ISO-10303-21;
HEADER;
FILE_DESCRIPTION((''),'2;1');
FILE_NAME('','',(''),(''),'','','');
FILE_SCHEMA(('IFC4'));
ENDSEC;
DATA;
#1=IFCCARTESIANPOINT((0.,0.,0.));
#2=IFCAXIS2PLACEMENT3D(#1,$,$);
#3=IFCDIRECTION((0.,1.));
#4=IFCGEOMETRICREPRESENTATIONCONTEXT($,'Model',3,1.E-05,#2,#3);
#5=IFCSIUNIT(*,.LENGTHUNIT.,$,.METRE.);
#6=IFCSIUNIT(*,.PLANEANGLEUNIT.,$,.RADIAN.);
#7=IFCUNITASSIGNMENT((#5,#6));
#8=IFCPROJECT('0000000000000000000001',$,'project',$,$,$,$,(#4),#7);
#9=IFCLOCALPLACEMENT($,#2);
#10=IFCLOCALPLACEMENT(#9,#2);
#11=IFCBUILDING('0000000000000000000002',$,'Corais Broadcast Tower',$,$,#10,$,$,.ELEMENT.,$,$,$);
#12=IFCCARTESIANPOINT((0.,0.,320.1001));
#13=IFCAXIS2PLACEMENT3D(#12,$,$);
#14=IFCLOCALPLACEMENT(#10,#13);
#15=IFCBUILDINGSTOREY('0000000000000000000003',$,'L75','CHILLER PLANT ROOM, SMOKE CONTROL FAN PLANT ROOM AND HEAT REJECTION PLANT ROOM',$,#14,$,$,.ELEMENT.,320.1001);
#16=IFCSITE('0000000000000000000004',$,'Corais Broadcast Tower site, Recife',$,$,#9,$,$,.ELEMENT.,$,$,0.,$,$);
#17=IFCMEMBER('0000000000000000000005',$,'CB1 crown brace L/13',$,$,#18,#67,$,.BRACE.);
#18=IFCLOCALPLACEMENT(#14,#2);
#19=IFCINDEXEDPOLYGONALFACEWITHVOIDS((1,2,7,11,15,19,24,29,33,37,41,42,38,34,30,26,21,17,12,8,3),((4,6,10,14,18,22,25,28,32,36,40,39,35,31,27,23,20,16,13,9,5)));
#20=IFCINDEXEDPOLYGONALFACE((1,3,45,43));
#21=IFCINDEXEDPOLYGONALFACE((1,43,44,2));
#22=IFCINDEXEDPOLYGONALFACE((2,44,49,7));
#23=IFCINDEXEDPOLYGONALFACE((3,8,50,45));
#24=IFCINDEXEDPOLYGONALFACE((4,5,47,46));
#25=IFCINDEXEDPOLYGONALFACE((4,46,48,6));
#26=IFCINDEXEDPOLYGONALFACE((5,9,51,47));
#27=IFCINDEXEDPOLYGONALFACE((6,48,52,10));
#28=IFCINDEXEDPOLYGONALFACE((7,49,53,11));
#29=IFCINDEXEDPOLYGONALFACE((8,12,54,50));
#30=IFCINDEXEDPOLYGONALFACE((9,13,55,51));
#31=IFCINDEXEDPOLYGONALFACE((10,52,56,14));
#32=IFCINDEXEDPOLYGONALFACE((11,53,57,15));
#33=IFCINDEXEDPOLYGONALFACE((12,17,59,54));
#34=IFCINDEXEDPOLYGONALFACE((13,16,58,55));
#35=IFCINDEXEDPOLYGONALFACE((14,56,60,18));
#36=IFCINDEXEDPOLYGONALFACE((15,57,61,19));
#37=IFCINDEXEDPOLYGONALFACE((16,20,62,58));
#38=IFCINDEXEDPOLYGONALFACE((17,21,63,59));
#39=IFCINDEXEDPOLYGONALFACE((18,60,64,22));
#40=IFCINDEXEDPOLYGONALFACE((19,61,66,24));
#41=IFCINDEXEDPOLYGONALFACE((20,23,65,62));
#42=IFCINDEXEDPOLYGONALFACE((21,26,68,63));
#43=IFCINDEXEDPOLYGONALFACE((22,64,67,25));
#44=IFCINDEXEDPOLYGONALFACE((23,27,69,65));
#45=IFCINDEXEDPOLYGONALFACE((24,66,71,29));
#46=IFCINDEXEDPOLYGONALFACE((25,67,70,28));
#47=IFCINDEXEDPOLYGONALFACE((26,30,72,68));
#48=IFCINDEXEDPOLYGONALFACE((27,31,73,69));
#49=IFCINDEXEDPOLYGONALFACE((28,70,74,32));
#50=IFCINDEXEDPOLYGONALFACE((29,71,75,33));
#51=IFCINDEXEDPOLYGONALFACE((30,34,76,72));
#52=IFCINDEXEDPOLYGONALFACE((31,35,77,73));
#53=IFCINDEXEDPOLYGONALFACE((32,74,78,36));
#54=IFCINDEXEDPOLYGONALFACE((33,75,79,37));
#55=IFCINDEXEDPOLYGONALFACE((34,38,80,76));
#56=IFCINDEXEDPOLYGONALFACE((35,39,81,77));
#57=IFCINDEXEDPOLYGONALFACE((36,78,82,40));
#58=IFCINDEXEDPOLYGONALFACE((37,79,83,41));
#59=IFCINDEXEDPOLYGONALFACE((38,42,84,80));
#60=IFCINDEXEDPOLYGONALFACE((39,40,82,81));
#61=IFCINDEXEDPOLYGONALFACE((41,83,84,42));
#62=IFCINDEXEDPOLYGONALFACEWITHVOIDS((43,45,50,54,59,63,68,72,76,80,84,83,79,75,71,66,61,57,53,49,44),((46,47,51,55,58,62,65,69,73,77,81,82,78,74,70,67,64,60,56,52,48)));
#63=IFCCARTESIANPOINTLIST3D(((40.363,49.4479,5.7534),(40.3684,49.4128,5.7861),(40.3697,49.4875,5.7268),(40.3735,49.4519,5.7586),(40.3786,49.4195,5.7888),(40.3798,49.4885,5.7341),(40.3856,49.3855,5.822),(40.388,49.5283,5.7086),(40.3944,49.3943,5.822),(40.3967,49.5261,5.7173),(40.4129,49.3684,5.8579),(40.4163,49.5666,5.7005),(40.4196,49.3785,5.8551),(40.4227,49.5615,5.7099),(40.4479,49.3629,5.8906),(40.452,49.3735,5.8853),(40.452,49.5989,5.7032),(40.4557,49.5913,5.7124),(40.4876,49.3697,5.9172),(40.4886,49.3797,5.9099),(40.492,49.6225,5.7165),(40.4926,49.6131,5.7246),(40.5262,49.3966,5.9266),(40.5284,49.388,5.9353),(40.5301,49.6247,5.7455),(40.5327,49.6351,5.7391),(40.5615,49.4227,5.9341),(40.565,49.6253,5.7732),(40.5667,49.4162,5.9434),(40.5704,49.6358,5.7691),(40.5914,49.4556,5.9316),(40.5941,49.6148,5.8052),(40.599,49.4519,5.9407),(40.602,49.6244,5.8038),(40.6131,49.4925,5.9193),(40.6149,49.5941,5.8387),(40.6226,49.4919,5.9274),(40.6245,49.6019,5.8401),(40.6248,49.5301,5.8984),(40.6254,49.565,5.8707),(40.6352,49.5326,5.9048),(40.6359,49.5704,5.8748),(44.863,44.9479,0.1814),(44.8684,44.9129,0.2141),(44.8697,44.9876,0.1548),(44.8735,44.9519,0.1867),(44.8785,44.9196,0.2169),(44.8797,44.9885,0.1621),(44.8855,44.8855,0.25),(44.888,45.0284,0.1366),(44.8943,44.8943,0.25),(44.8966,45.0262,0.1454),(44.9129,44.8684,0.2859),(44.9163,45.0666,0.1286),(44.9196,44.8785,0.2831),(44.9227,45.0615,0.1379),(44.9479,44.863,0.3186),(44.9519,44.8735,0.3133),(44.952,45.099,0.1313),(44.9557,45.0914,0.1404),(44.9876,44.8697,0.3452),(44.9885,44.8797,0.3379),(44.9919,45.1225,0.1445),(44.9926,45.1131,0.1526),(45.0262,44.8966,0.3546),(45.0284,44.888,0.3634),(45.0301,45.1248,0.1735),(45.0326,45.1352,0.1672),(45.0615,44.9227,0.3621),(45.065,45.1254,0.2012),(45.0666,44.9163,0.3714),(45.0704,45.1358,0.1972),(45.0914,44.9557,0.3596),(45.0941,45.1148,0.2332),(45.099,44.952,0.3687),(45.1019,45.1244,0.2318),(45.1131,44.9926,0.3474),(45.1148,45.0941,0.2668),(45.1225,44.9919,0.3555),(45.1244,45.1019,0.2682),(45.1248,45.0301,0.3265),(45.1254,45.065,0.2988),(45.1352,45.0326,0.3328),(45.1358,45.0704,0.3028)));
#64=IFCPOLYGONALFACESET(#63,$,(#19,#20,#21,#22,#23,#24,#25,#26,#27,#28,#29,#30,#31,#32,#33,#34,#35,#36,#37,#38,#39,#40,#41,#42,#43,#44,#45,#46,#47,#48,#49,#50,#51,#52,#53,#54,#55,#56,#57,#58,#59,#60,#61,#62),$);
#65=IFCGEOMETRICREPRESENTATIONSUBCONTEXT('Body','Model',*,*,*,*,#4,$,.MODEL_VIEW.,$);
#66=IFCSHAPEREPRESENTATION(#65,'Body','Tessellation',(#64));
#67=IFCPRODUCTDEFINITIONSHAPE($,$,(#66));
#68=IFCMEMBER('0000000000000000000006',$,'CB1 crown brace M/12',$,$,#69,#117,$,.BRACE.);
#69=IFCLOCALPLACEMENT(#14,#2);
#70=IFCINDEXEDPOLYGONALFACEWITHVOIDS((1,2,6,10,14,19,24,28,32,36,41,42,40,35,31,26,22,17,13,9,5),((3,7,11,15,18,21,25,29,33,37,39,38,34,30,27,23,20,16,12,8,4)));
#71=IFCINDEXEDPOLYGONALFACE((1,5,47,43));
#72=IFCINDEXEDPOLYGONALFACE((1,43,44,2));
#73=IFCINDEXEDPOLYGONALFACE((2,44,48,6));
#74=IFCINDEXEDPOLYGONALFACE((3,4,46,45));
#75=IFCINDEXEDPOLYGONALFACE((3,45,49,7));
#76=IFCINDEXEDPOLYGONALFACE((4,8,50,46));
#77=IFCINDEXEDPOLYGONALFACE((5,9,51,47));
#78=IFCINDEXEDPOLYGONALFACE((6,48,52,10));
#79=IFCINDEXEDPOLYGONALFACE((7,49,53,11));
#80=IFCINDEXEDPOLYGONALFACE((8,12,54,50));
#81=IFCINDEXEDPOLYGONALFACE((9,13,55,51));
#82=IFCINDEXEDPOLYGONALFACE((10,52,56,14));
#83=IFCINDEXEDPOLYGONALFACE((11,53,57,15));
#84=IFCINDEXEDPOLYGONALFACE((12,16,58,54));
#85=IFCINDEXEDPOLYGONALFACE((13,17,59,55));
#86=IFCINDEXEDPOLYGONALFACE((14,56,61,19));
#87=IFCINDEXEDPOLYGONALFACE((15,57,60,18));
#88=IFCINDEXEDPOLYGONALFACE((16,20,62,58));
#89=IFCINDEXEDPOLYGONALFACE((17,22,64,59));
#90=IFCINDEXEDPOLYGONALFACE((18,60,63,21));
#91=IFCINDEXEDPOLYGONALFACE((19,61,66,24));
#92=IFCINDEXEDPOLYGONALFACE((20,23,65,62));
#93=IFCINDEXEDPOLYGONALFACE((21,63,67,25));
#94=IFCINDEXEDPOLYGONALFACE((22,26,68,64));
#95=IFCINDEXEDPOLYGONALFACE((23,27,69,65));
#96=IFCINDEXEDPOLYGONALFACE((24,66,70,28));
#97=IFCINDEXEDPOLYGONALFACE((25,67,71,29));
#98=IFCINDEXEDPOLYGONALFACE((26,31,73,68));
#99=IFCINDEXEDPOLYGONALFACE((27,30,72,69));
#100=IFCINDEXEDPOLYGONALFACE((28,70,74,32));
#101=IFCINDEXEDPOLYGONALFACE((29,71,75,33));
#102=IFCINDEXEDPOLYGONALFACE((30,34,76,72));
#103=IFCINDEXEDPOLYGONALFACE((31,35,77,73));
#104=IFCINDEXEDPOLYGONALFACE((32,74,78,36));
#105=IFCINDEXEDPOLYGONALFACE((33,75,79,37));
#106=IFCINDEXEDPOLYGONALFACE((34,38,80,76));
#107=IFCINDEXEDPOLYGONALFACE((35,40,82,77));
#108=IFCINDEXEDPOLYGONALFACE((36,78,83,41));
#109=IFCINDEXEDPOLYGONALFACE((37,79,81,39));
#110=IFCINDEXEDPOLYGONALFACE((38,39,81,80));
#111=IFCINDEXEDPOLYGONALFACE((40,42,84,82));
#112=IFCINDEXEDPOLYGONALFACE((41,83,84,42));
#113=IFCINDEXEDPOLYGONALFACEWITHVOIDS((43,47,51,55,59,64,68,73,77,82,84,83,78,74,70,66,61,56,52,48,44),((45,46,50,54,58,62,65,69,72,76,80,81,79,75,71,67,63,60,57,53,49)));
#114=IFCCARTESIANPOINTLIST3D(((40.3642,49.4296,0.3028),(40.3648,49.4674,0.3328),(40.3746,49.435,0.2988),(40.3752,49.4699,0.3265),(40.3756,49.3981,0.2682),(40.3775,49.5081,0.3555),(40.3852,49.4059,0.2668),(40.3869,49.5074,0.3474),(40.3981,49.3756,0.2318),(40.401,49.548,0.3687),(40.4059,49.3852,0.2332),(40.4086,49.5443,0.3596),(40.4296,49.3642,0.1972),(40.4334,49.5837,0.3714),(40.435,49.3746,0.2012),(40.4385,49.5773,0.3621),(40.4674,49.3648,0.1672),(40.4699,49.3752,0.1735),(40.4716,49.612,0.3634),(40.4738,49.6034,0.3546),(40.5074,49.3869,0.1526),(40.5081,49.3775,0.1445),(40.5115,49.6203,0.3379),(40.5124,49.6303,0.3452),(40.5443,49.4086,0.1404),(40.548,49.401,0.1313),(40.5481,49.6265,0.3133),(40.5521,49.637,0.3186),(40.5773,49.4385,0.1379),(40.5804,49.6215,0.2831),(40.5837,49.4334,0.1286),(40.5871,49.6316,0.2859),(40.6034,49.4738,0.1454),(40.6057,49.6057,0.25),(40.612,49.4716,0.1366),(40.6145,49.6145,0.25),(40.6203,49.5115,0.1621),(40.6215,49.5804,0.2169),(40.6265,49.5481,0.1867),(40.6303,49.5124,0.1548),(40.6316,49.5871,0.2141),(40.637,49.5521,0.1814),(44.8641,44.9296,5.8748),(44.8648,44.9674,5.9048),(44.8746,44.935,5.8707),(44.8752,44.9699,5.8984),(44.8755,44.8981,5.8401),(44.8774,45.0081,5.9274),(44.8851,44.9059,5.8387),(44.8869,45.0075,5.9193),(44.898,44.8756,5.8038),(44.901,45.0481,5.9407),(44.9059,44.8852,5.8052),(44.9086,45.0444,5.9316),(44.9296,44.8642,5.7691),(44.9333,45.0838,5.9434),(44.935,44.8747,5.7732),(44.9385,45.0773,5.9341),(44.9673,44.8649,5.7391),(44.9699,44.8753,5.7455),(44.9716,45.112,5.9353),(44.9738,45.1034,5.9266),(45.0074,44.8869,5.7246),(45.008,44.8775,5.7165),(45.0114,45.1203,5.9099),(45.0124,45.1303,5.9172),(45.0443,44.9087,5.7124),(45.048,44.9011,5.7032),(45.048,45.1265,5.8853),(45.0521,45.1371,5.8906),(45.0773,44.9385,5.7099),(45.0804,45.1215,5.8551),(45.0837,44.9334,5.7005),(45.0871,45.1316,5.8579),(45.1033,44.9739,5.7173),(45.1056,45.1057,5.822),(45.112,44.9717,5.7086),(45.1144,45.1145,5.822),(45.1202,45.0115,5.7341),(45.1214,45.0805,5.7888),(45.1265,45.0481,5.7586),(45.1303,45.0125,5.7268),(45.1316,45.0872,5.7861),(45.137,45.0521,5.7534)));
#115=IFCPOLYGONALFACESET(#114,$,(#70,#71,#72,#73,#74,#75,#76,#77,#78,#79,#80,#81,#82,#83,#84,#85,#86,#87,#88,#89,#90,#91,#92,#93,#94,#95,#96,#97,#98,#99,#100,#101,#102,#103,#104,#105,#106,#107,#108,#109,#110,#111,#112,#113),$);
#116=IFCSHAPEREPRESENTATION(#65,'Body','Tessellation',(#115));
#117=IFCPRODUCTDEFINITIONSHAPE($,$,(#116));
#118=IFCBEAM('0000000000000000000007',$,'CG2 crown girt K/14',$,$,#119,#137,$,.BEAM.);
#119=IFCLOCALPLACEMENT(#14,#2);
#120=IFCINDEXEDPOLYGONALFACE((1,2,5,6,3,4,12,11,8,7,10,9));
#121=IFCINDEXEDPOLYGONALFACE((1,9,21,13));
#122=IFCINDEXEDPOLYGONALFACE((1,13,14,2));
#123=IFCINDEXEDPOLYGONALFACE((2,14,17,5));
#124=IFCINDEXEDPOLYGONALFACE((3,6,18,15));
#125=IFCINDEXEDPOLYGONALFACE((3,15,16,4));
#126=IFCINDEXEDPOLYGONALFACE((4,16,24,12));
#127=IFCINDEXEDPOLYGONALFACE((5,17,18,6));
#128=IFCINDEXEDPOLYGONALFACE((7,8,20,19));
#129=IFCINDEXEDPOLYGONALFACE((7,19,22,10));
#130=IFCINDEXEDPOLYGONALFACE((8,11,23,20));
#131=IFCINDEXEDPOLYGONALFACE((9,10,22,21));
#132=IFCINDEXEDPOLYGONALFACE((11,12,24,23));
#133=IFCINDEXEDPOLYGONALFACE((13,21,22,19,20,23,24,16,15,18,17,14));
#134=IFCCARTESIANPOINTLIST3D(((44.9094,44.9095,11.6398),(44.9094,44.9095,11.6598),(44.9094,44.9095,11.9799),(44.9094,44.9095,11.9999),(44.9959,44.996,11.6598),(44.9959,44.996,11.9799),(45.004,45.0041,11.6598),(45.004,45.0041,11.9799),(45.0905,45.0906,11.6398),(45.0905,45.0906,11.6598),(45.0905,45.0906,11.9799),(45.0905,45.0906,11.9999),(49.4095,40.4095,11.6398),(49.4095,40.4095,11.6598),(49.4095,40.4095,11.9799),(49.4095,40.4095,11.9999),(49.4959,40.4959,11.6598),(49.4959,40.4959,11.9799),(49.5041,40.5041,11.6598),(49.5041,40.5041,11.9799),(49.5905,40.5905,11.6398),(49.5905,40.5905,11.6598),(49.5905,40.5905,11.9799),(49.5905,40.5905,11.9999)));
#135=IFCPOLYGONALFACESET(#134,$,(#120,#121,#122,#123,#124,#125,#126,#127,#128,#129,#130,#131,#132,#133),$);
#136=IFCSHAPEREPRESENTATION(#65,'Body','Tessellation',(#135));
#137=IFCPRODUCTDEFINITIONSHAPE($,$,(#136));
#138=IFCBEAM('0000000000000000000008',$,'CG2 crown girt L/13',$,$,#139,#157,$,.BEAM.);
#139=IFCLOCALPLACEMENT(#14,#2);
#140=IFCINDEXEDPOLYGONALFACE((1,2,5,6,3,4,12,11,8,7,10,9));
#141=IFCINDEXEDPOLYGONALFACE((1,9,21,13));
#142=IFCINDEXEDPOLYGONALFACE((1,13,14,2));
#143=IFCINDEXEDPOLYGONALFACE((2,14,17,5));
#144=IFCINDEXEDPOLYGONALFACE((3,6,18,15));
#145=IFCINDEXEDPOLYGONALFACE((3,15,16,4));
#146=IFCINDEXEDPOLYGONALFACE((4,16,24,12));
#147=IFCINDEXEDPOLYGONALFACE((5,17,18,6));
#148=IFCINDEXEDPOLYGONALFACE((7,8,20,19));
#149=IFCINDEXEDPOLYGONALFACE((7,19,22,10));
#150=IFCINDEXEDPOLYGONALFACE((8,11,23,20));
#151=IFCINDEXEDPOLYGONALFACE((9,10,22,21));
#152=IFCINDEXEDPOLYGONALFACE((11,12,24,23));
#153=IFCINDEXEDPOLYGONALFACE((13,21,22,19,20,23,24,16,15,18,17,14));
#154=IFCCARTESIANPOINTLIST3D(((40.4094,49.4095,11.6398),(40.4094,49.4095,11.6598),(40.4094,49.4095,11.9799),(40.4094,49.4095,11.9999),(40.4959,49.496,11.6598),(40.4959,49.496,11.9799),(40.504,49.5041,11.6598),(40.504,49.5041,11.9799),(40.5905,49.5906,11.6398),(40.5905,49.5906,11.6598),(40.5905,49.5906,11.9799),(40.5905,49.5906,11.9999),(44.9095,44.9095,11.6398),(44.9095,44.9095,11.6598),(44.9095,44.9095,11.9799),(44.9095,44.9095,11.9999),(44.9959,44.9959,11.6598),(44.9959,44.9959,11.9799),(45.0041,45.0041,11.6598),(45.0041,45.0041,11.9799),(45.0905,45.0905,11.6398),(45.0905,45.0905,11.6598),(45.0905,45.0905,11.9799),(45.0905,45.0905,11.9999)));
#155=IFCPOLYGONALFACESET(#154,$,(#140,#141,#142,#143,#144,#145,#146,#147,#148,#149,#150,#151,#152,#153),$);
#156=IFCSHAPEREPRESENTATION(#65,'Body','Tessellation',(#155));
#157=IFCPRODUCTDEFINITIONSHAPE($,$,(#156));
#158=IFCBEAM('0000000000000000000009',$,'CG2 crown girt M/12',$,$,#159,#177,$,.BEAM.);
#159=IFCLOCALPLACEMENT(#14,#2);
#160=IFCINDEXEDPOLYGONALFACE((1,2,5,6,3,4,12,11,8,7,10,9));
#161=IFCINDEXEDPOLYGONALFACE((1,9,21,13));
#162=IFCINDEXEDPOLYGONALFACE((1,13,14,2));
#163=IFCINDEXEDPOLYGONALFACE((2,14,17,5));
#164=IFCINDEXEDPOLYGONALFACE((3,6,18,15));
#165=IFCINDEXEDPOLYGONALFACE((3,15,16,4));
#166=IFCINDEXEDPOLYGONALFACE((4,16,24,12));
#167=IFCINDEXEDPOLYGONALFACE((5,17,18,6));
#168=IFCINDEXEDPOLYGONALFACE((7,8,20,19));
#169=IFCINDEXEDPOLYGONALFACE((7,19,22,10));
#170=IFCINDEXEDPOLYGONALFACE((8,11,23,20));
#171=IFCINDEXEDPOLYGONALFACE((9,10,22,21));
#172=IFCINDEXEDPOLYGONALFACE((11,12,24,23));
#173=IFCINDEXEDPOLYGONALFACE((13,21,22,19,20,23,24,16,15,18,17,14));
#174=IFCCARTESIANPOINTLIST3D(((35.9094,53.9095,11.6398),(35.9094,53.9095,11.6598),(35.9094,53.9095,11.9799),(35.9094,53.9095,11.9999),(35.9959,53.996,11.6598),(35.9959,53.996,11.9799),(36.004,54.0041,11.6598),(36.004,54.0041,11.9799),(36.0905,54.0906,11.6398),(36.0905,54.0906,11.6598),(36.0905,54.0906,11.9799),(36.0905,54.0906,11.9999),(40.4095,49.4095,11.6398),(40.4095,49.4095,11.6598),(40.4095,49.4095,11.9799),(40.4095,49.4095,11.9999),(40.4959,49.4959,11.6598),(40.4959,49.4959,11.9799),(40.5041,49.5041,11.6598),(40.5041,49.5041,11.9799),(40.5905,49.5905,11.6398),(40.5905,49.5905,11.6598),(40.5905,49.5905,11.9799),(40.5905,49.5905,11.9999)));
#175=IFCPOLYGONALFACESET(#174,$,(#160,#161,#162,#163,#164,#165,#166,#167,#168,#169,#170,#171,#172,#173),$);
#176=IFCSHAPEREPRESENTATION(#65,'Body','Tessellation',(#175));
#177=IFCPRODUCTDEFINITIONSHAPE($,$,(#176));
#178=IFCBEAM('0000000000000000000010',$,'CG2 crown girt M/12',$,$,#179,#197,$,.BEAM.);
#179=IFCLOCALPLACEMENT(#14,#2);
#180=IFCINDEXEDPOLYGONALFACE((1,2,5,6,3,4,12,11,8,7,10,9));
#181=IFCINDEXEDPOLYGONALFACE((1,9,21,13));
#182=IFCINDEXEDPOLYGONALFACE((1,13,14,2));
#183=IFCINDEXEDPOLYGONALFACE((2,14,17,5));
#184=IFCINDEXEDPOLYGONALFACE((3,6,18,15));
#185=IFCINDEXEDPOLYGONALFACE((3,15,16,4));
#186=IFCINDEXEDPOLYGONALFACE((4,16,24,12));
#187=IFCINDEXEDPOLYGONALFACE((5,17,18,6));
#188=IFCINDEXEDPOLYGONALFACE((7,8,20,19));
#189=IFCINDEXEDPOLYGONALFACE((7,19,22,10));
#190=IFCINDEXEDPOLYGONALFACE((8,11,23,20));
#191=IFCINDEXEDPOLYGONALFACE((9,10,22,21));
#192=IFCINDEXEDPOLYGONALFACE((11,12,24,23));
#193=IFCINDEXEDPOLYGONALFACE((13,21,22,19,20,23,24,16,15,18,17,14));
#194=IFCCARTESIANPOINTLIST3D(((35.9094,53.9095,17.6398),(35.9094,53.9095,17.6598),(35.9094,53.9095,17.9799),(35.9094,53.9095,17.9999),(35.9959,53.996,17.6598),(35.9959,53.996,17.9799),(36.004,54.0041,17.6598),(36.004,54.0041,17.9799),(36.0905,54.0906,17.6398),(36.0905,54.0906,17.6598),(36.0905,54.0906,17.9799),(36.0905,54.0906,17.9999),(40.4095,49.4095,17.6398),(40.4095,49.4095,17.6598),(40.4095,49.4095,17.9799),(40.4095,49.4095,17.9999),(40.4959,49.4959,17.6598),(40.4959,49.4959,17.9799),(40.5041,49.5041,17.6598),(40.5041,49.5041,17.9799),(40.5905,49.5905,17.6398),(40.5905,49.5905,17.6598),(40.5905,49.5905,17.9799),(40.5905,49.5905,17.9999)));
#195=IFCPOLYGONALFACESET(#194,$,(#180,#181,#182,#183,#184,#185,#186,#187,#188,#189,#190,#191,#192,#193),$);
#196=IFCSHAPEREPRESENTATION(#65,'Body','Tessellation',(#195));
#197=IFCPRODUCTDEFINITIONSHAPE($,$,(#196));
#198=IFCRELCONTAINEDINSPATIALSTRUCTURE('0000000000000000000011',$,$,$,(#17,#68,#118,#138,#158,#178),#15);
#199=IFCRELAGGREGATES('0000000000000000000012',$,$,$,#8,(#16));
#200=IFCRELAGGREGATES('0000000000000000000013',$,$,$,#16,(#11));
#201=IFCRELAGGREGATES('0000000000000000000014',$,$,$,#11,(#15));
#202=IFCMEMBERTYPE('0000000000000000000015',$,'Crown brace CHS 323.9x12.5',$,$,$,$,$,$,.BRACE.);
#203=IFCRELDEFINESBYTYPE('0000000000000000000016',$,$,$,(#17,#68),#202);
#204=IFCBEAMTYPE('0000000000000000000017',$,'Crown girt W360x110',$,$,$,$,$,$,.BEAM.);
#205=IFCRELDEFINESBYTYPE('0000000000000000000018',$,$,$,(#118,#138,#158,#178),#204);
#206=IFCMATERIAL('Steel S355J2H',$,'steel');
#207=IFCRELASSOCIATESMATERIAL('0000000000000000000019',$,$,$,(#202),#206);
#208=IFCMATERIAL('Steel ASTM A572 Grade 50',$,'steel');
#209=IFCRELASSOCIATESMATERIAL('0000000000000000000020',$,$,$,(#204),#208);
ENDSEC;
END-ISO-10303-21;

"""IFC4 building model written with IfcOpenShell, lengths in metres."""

from ifc_helpers import new_model, si_unit, direction, frame, origin, origin_2d, place, context, subcontext, project, spatial, hollow_circle, i_section, extrude, material, material_profile, profile_set, type_object, element, save


model = new_model("IFC4")

# Units and contexts
model_context = context("Model", 3, precision=1e-05, world=origin(), true_north=direction((0.0, 1.0)))
body_context = subcontext(model_context, "Body", "Model", "MODEL_VIEW")
ifc_project = project(units=[si_unit("LENGTHUNIT", "METRE"), si_unit("PLANEANGLEUNIT", "RADIAN")], contexts=[model_context])

# Site, building, storey
site_placement = place(None, origin())
site = spatial("IfcSite", under=ifc_project, at=site_placement, Name="Corais Broadcast Tower site, Recife", CompositionType="ELEMENT", RefElevation=0.0)
building_placement = place(site_placement, origin())
building = spatial("IfcBuilding", under=site, at=building_placement, Name="Corais Broadcast Tower", CompositionType="ELEMENT")
storey_placement = place(building_placement, frame((0.0, 0.0, 320.1001)))
storey = spatial("IfcBuildingStorey", under=building, at=storey_placement, Name="L75", Description="CHILLER PLANT ROOM, SMOKE CONTROL FAN PLANT ROOM AND HEAT REJECTION PLANT ROOM", CompositionType="ELEMENT", Elevation=320.1001)

# Members
ifc_material_1 = material(Name="Steel S355J2H", Category="steel")
ifc_material_profile_1 = material_profile(ifc_material_1, hollow_circle(Radius=0.1619, WallThickness=0.0125, at=origin_2d()), Name="CHS 323.9x12.5")
ifc_profile_set_1 = profile_set([ifc_material_profile_1], Name="Steel S355J2H")
member_type_1 = type_object("IfcMemberType", Name="Crown brace CHS 323.9x12.5", PredefinedType="BRACE", material=ifc_profile_set_1)
for number, where, z_axis, x_axis, name in (
    (1, (45.0, 45.0, 0.25), (-0.532005, 0.532005, 0.658743), (-0.707107, -0.707107, 0.0), "CB1 crown brace L/13"),
    (2, (40.5, 49.5, 0.25), (0.532005, -0.532005, 0.658743), (0.707107, 0.707107, 0.0), "CB1 crown brace M/12"),
):
    element("IfcMember", number, at=place(storey_placement, frame(where, z_axis=z_axis, x_axis=x_axis)), inside=storey, type_object=member_type_1, Name=name, PredefinedType="BRACE", context=body_context, shape_type="SweptSolid", body=[
        extrude(hollow_circle(Radius=0.1619, WallThickness=0.0125, at=origin_2d()), origin(), (0.0, 0.0, 1.0), 8.4585),
    ])

# Beams
ifc_material_2 = material(Name="Steel ASTM A572 Grade 50", Category="steel")
ifc_material_profile_2 = material_profile(ifc_material_2, i_section(OverallWidth=0.2561, OverallDepth=0.3601, WebThickness=0.0115, FlangeThickness=0.02, at=origin_2d()), Name="W360x110")
ifc_profile_set_2 = profile_set([ifc_material_profile_2], Name="Steel ASTM A572 Grade 50")
beam_type_1 = type_object("IfcBeamType", Name="Crown girt W360x110", PredefinedType="BEAM", material=ifc_profile_set_2)
for number, where, z_axis, x_axis, name in (
    (3, (49.5, 40.5, 11.8198), (-0.707107, 0.707107, 0.0), (-0.707107, -0.707107, 0.0), "CG2 crown girt K/14"),
    (4, (45.0, 45.0, 11.8198), (-0.707107, 0.707107, 0.0), (-0.707107, -0.707107, 0.0), "CG2 crown girt L/13"),
    (5, (40.5, 49.5, 11.8198), (-0.707107, 0.707107, 0.0), (-0.707107, -0.707107, 0.0), "CG2 crown girt M/12"),
    (6, (40.5, 49.5, 17.8198), (-0.707107, 0.707107, 0.0), (-0.707107, -0.707107, 0.0), "CG2 crown girt M/12"),
):
    element("IfcBeam", number, at=place(storey_placement, frame(where, z_axis=z_axis, x_axis=x_axis)), inside=storey, type_object=beam_type_1, Name=name, PredefinedType="BEAM", context=body_context, shape_type="SweptSolid", body=[
        extrude(i_section(OverallWidth=0.2561, OverallDepth=0.3601, WebThickness=0.0115, FlangeThickness=0.02, at=origin_2d()), origin(), (0.0, 0.0, 1.0), 6.364),
    ])

save(model, "model.ifc")
